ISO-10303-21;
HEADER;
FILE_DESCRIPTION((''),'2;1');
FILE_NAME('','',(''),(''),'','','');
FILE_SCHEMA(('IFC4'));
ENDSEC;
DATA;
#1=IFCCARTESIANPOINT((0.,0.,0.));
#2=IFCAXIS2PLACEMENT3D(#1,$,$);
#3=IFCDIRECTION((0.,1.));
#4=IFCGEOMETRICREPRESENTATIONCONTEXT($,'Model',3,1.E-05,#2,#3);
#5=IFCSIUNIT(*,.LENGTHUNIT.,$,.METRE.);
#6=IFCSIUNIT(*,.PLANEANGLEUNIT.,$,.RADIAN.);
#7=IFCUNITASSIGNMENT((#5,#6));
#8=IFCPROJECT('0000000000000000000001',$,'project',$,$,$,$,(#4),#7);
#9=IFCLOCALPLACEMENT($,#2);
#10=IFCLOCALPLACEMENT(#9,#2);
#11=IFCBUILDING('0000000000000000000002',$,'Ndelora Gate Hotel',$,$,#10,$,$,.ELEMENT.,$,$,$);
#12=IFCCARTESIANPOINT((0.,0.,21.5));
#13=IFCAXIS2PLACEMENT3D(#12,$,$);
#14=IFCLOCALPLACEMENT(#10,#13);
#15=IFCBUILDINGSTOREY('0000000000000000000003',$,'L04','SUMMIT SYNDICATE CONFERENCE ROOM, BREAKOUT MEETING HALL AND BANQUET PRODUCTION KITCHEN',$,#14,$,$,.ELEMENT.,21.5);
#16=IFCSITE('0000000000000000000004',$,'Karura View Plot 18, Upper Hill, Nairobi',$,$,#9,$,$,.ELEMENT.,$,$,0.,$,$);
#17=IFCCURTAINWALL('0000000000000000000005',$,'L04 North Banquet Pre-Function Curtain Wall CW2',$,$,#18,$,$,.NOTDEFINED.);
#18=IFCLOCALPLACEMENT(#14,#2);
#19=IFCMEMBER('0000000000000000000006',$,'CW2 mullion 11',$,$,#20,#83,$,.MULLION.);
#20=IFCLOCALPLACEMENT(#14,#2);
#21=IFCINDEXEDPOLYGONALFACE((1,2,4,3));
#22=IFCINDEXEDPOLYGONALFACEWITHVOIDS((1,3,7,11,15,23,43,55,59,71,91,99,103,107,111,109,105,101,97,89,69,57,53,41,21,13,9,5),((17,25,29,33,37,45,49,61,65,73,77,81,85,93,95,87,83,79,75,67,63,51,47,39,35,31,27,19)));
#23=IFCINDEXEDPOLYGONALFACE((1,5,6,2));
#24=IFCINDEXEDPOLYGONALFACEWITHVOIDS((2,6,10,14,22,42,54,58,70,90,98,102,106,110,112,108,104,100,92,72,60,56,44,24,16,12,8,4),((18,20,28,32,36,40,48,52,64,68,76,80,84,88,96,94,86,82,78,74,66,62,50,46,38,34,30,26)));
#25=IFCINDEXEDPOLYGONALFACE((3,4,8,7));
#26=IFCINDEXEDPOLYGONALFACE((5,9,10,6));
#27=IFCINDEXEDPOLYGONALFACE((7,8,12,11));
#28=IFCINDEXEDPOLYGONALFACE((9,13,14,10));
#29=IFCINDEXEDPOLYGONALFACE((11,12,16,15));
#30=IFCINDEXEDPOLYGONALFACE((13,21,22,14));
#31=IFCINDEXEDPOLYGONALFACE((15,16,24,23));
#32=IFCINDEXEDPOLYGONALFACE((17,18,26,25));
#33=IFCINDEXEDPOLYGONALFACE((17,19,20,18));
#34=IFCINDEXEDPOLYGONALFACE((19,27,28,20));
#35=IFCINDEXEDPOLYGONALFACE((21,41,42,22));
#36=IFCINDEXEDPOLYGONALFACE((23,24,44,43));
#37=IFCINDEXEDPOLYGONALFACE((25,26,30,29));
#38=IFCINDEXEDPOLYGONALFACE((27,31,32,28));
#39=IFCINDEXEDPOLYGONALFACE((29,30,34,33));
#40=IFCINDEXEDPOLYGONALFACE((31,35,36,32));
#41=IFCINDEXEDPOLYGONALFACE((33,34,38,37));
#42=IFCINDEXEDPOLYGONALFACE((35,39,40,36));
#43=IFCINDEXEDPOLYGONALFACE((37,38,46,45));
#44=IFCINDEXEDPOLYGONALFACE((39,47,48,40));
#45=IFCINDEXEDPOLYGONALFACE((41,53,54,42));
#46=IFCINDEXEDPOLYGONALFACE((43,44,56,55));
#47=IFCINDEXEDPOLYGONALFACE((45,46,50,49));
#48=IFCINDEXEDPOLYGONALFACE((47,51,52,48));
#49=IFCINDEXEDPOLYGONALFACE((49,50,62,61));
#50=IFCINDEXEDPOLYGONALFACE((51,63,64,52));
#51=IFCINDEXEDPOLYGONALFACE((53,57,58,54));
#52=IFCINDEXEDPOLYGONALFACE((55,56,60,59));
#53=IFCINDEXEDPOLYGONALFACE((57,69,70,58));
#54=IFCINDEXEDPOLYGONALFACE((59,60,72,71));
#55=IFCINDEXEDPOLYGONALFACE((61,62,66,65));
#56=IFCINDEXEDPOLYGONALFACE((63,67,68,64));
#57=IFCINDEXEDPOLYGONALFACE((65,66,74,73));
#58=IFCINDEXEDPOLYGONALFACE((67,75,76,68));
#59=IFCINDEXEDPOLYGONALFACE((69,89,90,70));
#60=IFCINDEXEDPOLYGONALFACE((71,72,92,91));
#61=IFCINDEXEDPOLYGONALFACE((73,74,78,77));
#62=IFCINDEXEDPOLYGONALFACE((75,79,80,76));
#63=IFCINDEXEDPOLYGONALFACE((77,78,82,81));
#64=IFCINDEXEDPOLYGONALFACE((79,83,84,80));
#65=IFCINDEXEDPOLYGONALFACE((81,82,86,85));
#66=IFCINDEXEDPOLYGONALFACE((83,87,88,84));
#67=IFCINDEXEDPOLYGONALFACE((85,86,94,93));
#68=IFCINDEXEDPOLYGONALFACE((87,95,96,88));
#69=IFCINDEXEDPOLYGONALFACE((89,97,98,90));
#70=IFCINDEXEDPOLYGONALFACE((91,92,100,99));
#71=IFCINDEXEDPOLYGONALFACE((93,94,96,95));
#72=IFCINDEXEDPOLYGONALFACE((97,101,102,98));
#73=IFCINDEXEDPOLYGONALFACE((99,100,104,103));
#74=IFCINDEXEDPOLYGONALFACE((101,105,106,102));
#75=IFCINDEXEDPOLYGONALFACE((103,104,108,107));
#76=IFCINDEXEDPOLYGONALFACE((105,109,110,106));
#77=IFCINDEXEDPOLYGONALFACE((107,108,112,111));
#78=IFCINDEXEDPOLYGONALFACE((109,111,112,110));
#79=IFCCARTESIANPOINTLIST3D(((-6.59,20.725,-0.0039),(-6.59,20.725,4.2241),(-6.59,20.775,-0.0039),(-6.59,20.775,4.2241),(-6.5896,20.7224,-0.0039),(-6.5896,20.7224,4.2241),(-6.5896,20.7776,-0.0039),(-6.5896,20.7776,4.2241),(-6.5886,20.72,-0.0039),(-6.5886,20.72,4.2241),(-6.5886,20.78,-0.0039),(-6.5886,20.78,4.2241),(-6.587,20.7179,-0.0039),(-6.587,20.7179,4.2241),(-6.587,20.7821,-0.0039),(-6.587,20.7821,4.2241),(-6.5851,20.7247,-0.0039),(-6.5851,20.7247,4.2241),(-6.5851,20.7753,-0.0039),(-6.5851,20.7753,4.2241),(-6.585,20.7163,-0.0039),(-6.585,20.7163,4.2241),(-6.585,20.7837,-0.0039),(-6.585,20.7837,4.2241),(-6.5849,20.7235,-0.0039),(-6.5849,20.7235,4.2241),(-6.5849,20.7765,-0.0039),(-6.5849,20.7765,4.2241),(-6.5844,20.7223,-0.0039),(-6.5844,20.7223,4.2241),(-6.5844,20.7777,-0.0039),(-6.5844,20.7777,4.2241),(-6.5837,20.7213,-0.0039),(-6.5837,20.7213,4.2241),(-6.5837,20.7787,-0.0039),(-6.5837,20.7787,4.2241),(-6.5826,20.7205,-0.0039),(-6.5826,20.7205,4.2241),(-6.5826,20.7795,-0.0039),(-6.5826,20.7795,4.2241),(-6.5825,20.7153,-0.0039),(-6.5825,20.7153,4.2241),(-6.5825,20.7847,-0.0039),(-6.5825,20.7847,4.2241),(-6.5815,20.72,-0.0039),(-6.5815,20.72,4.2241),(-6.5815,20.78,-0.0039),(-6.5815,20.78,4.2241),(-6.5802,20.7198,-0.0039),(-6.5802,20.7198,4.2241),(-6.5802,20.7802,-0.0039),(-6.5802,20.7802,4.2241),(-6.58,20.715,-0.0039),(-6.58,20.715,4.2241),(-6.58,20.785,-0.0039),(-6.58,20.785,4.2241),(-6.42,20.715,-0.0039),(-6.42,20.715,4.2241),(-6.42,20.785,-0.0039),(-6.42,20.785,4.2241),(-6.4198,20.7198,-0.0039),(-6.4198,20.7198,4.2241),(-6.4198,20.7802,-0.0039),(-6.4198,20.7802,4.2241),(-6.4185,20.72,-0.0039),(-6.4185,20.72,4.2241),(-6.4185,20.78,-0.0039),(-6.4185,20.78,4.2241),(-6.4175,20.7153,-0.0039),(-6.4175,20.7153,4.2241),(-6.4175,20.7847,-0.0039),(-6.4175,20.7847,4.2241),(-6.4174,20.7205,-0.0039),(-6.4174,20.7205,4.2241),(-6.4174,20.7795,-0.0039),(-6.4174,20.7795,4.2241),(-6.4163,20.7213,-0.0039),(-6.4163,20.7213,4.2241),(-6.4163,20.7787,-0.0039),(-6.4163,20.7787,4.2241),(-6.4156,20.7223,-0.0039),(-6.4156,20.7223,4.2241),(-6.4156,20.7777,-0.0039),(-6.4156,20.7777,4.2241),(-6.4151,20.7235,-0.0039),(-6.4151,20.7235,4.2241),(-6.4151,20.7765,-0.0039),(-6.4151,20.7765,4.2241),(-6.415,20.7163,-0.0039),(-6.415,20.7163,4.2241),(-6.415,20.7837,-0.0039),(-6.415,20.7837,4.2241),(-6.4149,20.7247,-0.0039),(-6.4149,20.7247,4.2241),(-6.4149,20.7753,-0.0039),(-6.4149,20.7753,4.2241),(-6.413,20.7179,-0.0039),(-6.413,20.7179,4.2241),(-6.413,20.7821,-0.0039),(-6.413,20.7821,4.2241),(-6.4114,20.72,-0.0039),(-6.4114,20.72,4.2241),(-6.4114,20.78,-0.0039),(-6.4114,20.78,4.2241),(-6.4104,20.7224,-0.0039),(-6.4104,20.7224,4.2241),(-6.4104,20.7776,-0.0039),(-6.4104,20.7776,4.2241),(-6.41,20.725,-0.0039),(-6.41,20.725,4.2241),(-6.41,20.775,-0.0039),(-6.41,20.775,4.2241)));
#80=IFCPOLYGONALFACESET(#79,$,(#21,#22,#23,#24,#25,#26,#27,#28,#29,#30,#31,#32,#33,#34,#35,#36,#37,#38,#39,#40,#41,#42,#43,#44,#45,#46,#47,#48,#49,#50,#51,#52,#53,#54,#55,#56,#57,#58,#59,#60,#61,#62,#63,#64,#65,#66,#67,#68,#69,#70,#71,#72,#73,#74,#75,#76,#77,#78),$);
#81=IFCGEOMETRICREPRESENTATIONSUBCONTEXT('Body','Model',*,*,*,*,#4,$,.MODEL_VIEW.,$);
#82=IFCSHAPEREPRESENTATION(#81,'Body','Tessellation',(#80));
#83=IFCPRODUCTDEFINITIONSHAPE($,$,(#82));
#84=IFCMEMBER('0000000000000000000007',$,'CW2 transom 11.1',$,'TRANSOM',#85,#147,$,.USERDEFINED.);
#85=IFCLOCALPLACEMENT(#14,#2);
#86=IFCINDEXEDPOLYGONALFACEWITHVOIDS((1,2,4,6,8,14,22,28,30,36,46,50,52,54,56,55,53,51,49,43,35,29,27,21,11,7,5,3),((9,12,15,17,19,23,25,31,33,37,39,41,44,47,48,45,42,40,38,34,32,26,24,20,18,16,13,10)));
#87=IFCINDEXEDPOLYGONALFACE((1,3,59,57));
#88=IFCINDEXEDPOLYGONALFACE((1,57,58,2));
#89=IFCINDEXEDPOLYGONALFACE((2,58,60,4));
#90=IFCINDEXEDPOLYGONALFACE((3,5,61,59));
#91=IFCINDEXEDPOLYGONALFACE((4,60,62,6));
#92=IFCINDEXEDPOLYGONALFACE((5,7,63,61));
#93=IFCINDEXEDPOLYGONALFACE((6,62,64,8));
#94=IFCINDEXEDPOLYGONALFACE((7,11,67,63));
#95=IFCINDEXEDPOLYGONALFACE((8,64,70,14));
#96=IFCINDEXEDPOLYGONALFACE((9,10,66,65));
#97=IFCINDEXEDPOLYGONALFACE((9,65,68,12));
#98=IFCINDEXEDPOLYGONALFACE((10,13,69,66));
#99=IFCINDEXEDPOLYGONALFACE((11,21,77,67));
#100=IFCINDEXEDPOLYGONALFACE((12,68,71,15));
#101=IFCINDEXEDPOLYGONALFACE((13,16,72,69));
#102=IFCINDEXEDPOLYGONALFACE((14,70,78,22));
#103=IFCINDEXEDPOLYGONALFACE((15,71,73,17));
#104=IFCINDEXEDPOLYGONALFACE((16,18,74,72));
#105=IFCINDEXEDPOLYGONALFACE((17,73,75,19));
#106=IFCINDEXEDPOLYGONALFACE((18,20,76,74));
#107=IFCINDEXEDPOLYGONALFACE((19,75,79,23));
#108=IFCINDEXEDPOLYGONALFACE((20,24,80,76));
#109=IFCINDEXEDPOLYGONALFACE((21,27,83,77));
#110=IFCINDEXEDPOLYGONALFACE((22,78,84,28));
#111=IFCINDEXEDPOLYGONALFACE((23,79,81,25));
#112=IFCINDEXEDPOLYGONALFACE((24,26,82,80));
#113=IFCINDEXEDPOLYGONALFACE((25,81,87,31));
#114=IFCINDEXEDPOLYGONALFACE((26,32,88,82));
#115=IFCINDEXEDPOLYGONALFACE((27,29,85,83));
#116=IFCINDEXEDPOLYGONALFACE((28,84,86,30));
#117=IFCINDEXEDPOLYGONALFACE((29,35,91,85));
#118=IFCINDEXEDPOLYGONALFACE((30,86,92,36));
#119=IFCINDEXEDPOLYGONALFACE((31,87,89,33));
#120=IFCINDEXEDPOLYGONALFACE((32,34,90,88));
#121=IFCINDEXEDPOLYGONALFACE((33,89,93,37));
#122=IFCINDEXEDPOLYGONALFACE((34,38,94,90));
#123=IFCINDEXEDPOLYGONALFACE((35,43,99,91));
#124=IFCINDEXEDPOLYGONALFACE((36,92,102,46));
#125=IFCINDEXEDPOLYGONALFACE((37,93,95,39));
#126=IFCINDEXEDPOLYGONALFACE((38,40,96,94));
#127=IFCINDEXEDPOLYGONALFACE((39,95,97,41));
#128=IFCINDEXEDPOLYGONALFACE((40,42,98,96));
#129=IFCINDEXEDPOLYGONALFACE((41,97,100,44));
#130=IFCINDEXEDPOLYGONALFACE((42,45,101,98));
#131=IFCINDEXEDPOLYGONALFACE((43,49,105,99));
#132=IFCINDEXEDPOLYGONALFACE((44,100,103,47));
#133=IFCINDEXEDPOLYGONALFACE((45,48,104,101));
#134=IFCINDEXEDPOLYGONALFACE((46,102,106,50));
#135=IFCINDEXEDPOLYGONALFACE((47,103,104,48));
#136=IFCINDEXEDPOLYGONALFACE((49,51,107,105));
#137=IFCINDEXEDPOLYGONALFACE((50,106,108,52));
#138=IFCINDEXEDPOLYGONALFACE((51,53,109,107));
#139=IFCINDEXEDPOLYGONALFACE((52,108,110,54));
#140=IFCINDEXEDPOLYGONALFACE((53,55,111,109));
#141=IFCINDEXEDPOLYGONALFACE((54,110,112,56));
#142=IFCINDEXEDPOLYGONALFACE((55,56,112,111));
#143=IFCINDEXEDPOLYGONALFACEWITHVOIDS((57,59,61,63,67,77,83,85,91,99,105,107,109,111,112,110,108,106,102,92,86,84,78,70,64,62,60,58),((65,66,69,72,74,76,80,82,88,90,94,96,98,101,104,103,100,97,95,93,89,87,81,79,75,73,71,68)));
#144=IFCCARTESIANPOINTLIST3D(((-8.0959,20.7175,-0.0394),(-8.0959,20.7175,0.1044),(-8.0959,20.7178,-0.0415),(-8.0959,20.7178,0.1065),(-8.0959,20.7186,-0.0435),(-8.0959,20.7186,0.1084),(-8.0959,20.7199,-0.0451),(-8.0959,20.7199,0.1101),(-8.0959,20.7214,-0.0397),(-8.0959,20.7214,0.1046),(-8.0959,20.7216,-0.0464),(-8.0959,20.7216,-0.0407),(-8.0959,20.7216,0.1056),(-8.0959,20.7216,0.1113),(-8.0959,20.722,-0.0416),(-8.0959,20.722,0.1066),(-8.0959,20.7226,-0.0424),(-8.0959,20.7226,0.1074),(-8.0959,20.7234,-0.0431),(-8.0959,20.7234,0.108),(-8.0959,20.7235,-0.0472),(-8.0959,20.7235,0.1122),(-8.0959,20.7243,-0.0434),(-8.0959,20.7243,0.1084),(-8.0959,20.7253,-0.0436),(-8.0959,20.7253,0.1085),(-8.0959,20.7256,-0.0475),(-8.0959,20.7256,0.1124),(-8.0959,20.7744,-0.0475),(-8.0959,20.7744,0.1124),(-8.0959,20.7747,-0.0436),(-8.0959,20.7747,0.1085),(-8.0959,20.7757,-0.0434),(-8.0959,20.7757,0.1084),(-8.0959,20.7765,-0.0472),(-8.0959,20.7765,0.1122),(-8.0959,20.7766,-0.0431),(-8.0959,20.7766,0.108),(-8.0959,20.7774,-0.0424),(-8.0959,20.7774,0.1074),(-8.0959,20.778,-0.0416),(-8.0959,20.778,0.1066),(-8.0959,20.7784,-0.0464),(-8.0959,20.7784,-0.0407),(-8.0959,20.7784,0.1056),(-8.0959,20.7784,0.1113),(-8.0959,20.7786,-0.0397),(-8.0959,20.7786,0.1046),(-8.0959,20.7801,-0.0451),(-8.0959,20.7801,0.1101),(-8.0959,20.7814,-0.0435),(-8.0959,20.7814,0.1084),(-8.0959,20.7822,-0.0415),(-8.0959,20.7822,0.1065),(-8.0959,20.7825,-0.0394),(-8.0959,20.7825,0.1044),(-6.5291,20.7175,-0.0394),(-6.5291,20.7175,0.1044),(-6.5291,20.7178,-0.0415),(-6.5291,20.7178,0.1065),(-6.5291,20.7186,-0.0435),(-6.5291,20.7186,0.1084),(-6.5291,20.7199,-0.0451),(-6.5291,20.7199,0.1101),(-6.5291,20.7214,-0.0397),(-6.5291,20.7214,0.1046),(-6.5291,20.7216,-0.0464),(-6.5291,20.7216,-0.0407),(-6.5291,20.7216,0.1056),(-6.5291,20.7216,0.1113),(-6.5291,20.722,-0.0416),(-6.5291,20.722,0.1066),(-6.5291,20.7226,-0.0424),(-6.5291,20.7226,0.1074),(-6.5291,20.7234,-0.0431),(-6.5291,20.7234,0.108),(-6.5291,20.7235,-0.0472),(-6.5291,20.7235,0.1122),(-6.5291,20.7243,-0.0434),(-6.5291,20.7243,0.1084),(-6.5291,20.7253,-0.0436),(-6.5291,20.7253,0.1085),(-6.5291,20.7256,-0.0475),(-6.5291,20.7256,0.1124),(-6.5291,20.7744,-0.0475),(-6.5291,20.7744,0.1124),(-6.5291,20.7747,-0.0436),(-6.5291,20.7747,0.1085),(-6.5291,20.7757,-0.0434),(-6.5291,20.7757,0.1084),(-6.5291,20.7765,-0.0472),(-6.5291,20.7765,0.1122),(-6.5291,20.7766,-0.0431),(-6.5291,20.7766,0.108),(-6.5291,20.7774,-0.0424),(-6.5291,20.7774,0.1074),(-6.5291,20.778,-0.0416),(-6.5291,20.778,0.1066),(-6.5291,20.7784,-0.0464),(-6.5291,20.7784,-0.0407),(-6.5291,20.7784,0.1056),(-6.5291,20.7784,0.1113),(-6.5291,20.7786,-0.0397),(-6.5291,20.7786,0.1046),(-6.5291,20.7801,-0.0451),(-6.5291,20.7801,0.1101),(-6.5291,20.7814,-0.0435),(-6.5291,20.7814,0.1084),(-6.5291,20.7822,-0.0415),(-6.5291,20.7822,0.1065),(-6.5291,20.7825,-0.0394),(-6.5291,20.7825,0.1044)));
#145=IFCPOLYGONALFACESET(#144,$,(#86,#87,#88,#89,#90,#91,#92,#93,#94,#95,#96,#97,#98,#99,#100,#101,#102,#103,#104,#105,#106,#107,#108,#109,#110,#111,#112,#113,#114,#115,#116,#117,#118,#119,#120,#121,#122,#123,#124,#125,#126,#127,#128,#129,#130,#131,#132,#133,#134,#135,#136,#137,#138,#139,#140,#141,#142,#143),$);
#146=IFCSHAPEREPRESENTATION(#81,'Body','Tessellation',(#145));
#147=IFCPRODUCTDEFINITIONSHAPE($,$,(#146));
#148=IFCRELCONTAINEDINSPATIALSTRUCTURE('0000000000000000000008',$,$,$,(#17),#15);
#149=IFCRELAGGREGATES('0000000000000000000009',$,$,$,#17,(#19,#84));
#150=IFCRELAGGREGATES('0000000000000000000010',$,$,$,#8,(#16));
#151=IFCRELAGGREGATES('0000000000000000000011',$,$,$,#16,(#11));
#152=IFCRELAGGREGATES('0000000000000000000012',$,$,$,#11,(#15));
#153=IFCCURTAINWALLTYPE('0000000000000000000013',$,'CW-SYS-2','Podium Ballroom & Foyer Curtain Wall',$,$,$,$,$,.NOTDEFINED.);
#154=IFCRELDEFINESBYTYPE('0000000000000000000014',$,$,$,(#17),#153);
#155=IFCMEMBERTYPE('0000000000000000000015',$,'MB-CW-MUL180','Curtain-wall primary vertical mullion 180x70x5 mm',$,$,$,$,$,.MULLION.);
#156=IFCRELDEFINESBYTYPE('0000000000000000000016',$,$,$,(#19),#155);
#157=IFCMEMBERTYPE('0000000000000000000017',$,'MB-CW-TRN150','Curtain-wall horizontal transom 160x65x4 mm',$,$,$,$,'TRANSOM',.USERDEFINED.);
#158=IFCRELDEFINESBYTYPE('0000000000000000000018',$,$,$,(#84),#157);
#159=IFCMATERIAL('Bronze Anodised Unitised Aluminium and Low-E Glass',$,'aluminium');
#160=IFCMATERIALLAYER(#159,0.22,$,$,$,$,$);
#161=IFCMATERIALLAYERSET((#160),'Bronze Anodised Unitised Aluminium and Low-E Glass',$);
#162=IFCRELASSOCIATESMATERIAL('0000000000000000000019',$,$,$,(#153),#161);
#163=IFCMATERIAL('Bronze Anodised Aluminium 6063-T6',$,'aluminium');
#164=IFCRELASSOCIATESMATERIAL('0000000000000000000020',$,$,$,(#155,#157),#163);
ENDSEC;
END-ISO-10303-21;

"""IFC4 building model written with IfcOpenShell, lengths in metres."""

from ifc_helpers import new_model, si_unit, direction, frame, origin, origin_2d, place, context, subcontext, project, spatial, hollow_rectangle, extrude, material, layer, layer_set, material_profile, profile_set, type_object, element, aggregate, save


model = new_model("IFC4")

# Units and contexts
model_context = context("Model", 3, precision=1e-05, world=origin(), true_north=direction((0.0, 1.0)))
body_context = subcontext(model_context, "Body", "Model", "MODEL_VIEW")
ifc_project = project(units=[si_unit("LENGTHUNIT", "METRE"), si_unit("PLANEANGLEUNIT", "RADIAN")], contexts=[model_context])

# Site, building, storey
site_placement = place(None, origin())
site = spatial("IfcSite", under=ifc_project, at=site_placement, Name="Karura View Plot 18, Upper Hill, Nairobi", CompositionType="ELEMENT", RefElevation=0.0)
building_placement = place(site_placement, origin())
building = spatial("IfcBuilding", under=site, at=building_placement, Name="Ndelora Gate Hotel", CompositionType="ELEMENT")
storey_placement = place(building_placement, frame((0.0, 0.0, 21.5)))
storey = spatial("IfcBuildingStorey", under=building, at=storey_placement, Name="L04", Description="SUMMIT SYNDICATE CONFERENCE ROOM, BREAKOUT MEETING HALL AND BANQUET PRODUCTION KITCHEN", CompositionType="ELEMENT", Elevation=21.5)

# Curtain wall, members
ifc_material_1 = material(Name="Bronze Anodised Unitised Aluminium and Low-E Glass", Category="aluminium")
ifc_layer_1 = layer(ifc_material_1, 0.22)
ifc_layer_set_1 = layer_set([ifc_layer_1], Name="Bronze Anodised Unitised Aluminium and Low-E Glass")
curtain_wall_type = type_object("IfcCurtainWallType", Name="CW-SYS-2", Description="Podium Ballroom & Foyer Curtain Wall", PredefinedType="NOTDEFINED", material=ifc_layer_set_1)
curtain_wall_placement = place(storey_placement, origin())
curtain_wall = element("IfcCurtainWall", 1, at=curtain_wall_placement, inside=storey, type_object=curtain_wall_type, Name="L04 North Banquet Pre-Function Curtain Wall CW2", PredefinedType="NOTDEFINED")
ifc_material_2 = material(Name="Bronze Anodised Aluminium 6063-T6", Category="aluminium")
ifc_material_profile_1 = material_profile(ifc_material_2, hollow_rectangle(XDim=0.0701, YDim=0.1799, WallThickness=0.0049, InnerFilletRadius=0.0049, OuterFilletRadius=0.01, at=origin_2d()), Name="ALU 180x70x5")
ifc_profile_set_1 = profile_set([ifc_material_profile_1], Name="Bronze Anodised Aluminium 6063-T6")
member_type_1 = type_object("IfcMemberType", Name="MB-CW-MUL180", Description="Curtain-wall primary vertical mullion 180x70x5 mm", PredefinedType="MULLION", material=ifc_profile_set_1)
member_1_placement = place(storey_placement, frame((-6.5, 20.75, -0.0039), z_axis=(0.0, 0.0, 1.0), x_axis=(0.0, -1.0, 0.0)))
member_1 = element("IfcMember", 2, at=member_1_placement, type_object=member_type_1, Name="CW2 mullion 11", PredefinedType="MULLION", context=body_context, shape_type="SweptSolid", body=[
    extrude(hollow_rectangle(XDim=0.0701, YDim=0.1799, WallThickness=0.0049, InnerFilletRadius=0.0049, OuterFilletRadius=0.01, at=origin_2d()), origin(), (0.0, 0.0, 1.0), 4.228),
])
ifc_material_profile_2 = material_profile(ifc_material_2, hollow_rectangle(XDim=0.0649, YDim=0.1599, WallThickness=0.0039, InnerFilletRadius=0.0039, OuterFilletRadius=0.0081, at=origin_2d()), Name="ALU 160x65x4")
ifc_profile_set_2 = profile_set([ifc_material_profile_2], Name="Bronze Anodised Aluminium 6063-T6")
member_type_2 = type_object("IfcMemberType", Name="MB-CW-TRN150", Description="Curtain-wall horizontal transom 160x65x4 mm", ElementType="TRANSOM", PredefinedType="USERDEFINED", material=ifc_profile_set_2)
member_2_placement = place(storey_placement, frame((-6.5291, 20.75, 0.0325), z_axis=(-1.0, 0.0, 0.0), x_axis=(0.0, -1.0, 0.0)))
member_2 = element("IfcMember", 3, at=member_2_placement, type_object=member_type_2, Name="CW2 transom 11.1", ObjectType="TRANSOM", PredefinedType="USERDEFINED", context=body_context, shape_type="SweptSolid", body=[
    extrude(hollow_rectangle(XDim=0.0649, YDim=0.1599, WallThickness=0.0039, InnerFilletRadius=0.0039, OuterFilletRadius=0.0081, at=origin_2d()), origin(), (0.0, 0.0, 1.0), 1.5669),
])
aggregate(curtain_wall, [member_1, member_2])

save(model, "model.ifc")
